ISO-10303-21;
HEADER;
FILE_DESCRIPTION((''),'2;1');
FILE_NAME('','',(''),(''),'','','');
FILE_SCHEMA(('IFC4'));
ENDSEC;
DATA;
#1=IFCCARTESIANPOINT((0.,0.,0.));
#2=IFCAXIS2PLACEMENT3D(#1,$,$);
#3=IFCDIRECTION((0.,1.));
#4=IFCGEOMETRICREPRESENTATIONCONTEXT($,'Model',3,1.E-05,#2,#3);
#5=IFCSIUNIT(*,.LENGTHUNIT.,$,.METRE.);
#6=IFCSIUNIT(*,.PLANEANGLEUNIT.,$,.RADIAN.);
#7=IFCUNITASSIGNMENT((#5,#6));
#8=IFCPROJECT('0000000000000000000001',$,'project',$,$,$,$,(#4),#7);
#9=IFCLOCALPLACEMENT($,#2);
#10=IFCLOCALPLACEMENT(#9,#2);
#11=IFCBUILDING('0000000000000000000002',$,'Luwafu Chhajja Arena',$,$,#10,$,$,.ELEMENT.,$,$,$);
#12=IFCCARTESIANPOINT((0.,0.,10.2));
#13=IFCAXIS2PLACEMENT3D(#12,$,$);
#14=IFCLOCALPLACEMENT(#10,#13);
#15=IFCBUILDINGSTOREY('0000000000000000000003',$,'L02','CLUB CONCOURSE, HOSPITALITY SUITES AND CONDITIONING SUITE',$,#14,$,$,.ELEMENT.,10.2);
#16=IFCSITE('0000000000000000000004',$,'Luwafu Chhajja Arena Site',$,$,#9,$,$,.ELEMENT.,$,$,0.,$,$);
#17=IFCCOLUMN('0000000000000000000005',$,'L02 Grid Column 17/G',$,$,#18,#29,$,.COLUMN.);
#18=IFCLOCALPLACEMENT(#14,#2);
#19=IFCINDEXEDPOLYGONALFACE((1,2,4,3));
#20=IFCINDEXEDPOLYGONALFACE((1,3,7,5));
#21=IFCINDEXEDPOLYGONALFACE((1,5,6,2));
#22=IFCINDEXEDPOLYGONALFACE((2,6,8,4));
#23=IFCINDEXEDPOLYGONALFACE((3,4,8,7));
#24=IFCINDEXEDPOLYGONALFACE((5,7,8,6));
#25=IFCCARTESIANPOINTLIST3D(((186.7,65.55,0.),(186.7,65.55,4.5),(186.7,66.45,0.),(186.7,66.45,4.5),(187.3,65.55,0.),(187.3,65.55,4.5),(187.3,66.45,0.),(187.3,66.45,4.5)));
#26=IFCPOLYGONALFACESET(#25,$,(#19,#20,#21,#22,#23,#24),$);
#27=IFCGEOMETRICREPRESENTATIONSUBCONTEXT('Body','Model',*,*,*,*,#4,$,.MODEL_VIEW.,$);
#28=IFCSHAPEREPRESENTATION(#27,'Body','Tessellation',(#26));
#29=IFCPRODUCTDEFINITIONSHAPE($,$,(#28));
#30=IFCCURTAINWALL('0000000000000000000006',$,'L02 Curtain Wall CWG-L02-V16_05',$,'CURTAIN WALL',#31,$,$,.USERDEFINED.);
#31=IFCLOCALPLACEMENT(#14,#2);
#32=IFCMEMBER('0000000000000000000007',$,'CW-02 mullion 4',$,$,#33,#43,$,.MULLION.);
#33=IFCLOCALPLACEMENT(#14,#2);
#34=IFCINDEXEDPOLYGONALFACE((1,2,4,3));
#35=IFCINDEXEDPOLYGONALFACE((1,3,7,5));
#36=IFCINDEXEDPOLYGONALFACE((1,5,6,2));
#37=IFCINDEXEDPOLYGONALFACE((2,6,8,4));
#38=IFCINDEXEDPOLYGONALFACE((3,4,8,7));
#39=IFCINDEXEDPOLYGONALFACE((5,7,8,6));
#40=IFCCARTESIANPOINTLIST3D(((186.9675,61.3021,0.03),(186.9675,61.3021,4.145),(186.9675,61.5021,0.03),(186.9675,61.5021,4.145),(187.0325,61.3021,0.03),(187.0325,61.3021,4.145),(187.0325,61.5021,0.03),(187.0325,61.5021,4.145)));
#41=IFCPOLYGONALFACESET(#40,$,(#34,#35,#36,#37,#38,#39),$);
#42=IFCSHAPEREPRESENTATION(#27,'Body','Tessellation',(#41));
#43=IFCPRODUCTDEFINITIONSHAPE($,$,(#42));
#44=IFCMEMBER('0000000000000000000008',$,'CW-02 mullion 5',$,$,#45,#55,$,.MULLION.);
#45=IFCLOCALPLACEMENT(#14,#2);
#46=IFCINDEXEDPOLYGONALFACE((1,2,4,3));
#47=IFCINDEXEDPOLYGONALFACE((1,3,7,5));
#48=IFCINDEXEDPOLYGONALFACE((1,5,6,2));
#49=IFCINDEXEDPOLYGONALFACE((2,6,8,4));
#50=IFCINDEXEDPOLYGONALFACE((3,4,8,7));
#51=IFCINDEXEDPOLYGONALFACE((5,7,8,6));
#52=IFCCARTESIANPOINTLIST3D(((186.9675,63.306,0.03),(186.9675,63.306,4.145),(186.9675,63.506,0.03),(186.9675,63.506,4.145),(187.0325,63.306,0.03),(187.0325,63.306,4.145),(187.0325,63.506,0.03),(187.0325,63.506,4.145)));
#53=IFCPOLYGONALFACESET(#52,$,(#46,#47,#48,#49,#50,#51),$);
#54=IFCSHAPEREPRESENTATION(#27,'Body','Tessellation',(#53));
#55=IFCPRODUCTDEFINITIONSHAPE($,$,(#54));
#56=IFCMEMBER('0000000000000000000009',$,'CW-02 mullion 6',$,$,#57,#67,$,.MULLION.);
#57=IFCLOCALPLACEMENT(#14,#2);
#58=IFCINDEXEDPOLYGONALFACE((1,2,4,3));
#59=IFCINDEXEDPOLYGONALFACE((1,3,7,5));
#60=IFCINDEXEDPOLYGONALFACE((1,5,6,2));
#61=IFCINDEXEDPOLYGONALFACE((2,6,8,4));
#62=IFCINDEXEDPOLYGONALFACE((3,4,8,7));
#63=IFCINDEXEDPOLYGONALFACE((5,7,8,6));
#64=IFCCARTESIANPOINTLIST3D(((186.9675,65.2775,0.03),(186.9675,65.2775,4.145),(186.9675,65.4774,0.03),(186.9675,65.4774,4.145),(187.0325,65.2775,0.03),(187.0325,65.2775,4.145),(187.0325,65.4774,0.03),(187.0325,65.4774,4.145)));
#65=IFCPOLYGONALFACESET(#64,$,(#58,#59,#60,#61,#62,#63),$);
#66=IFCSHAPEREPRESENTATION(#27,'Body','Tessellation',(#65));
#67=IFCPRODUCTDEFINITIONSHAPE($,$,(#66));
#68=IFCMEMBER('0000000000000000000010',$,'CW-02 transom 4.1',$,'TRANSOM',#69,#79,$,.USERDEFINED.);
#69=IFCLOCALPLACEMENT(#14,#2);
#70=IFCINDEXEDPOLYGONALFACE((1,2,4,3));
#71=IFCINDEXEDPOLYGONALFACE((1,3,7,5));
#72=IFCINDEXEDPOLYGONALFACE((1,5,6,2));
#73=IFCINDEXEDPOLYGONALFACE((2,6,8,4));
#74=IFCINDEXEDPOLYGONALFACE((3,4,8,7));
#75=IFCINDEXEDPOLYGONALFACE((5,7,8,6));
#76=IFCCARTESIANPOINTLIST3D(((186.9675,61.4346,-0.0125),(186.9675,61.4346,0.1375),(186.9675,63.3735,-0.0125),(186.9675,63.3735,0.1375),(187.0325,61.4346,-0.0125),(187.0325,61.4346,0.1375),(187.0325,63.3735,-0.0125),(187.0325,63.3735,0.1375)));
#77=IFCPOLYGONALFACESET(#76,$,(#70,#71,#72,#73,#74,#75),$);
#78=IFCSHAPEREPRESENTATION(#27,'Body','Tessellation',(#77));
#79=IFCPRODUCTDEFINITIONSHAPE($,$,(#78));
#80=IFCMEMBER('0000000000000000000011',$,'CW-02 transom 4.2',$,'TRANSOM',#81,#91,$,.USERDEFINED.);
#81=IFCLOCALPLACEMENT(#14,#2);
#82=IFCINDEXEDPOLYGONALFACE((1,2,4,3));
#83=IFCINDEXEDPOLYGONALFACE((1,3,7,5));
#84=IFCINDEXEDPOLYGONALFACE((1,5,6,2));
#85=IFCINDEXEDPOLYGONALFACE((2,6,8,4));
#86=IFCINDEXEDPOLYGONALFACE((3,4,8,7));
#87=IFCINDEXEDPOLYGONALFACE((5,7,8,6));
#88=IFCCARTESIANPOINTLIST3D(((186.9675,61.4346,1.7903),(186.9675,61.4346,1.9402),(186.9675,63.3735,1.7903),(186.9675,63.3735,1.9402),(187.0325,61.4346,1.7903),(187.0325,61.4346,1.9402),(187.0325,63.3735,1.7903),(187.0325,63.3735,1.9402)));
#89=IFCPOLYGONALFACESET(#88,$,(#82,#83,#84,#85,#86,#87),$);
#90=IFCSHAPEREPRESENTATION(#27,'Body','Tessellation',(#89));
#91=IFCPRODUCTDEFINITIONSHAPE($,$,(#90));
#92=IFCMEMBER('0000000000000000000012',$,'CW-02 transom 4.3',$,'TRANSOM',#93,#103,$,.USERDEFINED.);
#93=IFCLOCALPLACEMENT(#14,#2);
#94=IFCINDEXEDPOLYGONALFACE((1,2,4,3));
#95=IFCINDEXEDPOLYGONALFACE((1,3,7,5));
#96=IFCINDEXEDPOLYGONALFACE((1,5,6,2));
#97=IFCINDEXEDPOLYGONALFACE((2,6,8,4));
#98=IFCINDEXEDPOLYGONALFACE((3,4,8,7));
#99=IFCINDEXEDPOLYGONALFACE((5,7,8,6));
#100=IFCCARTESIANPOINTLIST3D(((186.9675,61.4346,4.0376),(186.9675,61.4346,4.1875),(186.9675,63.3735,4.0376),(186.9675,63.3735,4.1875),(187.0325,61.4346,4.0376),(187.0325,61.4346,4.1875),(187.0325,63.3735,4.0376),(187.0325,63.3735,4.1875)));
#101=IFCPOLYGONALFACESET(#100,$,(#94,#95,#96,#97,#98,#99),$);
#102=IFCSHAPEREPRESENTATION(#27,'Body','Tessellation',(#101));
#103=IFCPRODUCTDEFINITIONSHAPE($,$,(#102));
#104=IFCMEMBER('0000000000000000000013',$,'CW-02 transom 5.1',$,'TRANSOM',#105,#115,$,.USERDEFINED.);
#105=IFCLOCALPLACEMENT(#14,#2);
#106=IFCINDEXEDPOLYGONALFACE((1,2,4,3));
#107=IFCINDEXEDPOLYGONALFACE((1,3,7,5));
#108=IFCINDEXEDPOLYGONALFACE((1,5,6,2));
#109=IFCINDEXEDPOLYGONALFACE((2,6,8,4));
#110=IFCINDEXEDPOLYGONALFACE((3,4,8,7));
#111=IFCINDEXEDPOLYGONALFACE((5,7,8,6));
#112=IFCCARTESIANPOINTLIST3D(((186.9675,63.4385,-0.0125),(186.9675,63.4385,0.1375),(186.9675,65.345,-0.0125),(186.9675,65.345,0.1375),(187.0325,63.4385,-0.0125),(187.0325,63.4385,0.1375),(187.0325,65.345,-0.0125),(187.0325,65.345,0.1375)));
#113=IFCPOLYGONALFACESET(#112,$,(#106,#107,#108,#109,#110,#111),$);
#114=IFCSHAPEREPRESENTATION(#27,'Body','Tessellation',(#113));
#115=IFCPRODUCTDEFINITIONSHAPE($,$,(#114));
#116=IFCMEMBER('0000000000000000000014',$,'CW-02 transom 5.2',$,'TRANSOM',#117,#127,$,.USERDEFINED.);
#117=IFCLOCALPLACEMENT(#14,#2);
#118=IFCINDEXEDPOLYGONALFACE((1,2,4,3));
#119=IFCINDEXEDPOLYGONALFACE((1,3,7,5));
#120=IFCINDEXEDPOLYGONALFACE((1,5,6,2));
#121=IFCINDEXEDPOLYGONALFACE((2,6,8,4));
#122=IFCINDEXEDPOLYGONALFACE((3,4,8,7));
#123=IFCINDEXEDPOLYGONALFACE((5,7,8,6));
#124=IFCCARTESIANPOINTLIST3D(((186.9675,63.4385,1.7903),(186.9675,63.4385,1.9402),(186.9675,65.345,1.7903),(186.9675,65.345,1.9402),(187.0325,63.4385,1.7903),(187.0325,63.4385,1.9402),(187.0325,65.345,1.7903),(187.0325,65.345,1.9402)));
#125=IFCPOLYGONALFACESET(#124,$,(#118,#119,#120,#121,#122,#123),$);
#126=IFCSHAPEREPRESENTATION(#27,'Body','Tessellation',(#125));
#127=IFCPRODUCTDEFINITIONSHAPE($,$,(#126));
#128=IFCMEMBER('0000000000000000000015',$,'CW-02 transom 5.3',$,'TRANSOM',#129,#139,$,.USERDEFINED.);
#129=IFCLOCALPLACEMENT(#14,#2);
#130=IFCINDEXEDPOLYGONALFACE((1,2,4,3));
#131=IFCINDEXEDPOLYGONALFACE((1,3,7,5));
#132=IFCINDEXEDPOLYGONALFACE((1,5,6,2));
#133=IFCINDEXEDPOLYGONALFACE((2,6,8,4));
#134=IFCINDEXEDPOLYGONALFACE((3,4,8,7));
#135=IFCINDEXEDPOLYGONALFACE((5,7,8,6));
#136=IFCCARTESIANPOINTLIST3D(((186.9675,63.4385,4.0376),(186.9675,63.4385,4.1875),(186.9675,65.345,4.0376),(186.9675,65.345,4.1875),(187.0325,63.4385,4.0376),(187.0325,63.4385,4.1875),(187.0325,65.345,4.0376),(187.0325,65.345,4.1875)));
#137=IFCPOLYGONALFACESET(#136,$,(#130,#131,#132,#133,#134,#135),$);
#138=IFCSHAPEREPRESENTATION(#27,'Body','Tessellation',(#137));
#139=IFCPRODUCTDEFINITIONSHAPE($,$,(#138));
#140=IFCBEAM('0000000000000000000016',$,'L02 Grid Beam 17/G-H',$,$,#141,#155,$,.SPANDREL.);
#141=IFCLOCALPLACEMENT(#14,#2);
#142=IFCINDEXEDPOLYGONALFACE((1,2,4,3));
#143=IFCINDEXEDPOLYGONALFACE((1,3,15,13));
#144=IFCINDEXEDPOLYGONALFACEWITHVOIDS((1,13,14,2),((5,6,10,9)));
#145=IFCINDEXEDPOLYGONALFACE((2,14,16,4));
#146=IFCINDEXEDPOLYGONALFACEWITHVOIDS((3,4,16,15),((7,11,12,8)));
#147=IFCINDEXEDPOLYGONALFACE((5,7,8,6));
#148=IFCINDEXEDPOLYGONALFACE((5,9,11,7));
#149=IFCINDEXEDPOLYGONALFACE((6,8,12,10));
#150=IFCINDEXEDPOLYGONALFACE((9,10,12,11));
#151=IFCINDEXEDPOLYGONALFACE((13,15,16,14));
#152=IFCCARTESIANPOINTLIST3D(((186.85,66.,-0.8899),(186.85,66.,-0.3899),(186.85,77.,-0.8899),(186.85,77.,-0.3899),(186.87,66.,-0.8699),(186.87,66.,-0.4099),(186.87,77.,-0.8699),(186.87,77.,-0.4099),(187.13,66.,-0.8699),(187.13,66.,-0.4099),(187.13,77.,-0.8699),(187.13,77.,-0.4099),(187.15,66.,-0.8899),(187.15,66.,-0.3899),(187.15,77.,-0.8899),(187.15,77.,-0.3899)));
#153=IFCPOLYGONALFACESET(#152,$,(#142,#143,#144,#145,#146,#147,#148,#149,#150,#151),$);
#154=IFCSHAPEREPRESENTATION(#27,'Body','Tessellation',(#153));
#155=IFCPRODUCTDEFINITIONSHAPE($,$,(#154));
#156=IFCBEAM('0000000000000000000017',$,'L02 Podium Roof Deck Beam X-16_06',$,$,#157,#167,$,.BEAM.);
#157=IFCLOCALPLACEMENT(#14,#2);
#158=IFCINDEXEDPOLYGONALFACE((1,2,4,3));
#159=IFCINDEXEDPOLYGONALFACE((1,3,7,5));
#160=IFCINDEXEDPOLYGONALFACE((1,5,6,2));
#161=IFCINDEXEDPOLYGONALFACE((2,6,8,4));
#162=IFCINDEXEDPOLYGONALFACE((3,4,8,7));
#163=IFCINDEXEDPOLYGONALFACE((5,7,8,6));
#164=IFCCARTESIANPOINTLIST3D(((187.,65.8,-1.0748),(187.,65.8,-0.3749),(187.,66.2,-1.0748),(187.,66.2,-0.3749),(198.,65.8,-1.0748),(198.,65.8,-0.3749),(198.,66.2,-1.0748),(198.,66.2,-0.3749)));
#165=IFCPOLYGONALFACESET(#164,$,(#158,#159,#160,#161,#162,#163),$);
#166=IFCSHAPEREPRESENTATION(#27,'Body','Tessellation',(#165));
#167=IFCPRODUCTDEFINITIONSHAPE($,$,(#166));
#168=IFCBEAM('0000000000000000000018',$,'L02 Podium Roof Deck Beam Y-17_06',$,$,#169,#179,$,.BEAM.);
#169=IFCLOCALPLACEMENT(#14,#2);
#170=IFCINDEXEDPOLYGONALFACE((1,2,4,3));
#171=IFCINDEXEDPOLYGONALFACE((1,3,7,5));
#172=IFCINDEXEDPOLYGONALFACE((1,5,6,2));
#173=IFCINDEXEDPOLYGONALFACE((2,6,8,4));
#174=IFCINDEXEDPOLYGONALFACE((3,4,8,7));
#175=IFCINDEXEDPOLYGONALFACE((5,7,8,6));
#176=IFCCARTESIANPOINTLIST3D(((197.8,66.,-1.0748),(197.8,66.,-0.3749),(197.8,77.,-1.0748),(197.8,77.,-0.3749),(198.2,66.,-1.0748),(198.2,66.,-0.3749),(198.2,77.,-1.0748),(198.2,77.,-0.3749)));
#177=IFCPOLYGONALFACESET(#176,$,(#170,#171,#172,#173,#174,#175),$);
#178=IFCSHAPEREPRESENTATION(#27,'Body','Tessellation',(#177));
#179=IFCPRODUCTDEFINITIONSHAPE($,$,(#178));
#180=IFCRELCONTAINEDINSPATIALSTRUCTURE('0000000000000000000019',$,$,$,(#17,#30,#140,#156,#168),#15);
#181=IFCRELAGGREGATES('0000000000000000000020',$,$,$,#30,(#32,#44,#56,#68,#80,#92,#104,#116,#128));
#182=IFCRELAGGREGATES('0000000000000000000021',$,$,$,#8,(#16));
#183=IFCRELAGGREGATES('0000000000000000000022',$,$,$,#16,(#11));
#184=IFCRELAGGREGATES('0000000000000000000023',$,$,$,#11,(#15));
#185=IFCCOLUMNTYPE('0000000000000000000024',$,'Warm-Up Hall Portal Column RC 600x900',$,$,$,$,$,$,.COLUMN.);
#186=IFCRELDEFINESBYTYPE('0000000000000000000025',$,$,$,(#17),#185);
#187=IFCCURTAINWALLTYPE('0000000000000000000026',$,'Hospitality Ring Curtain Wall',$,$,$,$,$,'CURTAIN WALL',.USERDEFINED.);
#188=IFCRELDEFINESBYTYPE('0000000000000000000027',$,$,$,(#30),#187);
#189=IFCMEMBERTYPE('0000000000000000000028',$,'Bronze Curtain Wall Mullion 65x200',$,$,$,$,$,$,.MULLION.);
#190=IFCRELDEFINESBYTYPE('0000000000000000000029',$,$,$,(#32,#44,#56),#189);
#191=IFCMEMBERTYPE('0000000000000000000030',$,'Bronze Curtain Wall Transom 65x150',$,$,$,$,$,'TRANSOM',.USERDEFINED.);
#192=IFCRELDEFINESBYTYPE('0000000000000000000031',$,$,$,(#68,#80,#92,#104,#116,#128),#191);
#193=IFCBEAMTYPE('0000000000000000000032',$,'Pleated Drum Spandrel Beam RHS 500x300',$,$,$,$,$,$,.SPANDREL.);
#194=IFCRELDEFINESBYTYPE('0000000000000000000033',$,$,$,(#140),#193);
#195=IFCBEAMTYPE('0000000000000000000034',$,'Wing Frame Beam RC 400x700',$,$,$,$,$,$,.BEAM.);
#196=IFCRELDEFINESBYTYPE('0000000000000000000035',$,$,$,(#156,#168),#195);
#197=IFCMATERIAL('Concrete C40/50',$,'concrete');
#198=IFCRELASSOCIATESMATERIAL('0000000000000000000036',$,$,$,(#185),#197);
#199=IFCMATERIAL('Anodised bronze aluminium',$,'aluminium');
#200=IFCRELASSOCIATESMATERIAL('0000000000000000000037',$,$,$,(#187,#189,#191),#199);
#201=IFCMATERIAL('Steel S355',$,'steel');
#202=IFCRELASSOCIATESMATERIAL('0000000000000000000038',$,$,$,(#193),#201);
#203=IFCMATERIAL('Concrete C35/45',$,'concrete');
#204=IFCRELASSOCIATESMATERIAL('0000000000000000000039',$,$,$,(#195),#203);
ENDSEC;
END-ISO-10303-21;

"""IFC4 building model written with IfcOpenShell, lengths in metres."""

from ifc_helpers import new_model, si_unit, direction, frame, origin, origin_2d, place, context, subcontext, project, spatial, rectangle, hollow_rectangle, extrude, material, material_profile, profile_set, type_object, element, aggregate, save


model = new_model("IFC4")

# Units and contexts
model_context = context("Model", 3, precision=1e-05, world=origin(), true_north=direction((0.0, 1.0)))
body_context = subcontext(model_context, "Body", "Model", "MODEL_VIEW")
ifc_project = project(units=[si_unit("LENGTHUNIT", "METRE"), si_unit("PLANEANGLEUNIT", "RADIAN")], contexts=[model_context])

# Site, building, storey
site_placement = place(None, origin())
site = spatial("IfcSite", under=ifc_project, at=site_placement, Name="Luwafu Chhajja Arena Site", CompositionType="ELEMENT", RefElevation=0.0)
building_placement = place(site_placement, origin())
building = spatial("IfcBuilding", under=site, at=building_placement, Name="Luwafu Chhajja Arena", CompositionType="ELEMENT")
storey_placement = place(building_placement, frame((0.0, 0.0, 10.2)))
storey = spatial("IfcBuildingStorey", under=building, at=storey_placement, Name="L02", Description="CLUB CONCOURSE, HOSPITALITY SUITES AND CONDITIONING SUITE", CompositionType="ELEMENT", Elevation=10.2)

# Column
ifc_material_1 = material(Name="Concrete C40/50", Category="concrete")
ifc_material_profile_1 = material_profile(ifc_material_1, rectangle(XDim=0.6001, YDim=0.8999, at=origin_2d()), Name="RC 600x900")
ifc_profile_set_1 = profile_set([ifc_material_profile_1], Name="Concrete C40/50")
column_type = type_object("IfcColumnType", Name="Warm-Up Hall Portal Column RC 600x900", PredefinedType="COLUMN", material=ifc_profile_set_1)
column_placement = place(storey_placement, frame((187.0, 66.0, 0.0), z_axis=(0.0, 0.0, 1.0), x_axis=(1.0, 0.0, 0.0)))
element("IfcColumn", 1, at=column_placement, inside=storey, type_object=column_type, Name="L02 Grid Column 17/G", PredefinedType="COLUMN", context=body_context, shape_type="SweptSolid", body=[
    extrude(rectangle(XDim=0.6001, YDim=0.8999, at=origin_2d()), origin(), (0.0, 0.0, 1.0), 4.5),
])

# Curtain wall, members
ifc_material_2 = material(Name="Anodised bronze aluminium", Category="aluminium")
curtain_wall_type = type_object("IfcCurtainWallType", Name="Hospitality Ring Curtain Wall", ElementType="CURTAIN WALL", PredefinedType="USERDEFINED", material=ifc_material_2)
curtain_wall_placement = place(storey_placement, origin())
curtain_wall = element("IfcCurtainWall", 2, at=curtain_wall_placement, inside=storey, type_object=curtain_wall_type, Name="L02 Curtain Wall CWG-L02-V16_05", ObjectType="CURTAIN WALL", PredefinedType="USERDEFINED")
ifc_material_profile_2 = material_profile(ifc_material_2, rectangle(XDim=0.0649, YDim=0.2, at=origin_2d()), Name="CWM 65x200")
ifc_profile_set_2 = profile_set([ifc_material_profile_2], Name="Anodised bronze aluminium")
member_type_1 = type_object("IfcMemberType", Name="Bronze Curtain Wall Mullion 65x200", PredefinedType="MULLION", material=ifc_profile_set_2)
member_1_placement = place(storey_placement, frame((187.0, 61.4021, 0.03), z_axis=(0.0, 0.0, 1.0), x_axis=(-1.0, 0.0, 0.0)))
member_1 = element("IfcMember", 3, at=member_1_placement, type_object=member_type_1, Name="CW-02 mullion 4", PredefinedType="MULLION", context=body_context, shape_type="SweptSolid", body=[
    extrude(rectangle(XDim=0.0649, YDim=0.2, at=origin_2d()), origin(), (0.0, 0.0, 1.0), 4.115),
])
member_2_placement = place(storey_placement, frame((187.0, 63.406, 0.03), z_axis=(0.0, 0.0, 1.0), x_axis=(-1.0, 0.0, 0.0)))
member_2 = element("IfcMember", 4, at=member_2_placement, type_object=member_type_1, Name="CW-02 mullion 5", PredefinedType="MULLION", context=body_context, shape_type="SweptSolid", body=[
    extrude(rectangle(XDim=0.0649, YDim=0.2, at=origin_2d()), origin(), (0.0, 0.0, 1.0), 4.115),
])
member_3_placement = place(storey_placement, frame((187.0, 65.3774, 0.03), z_axis=(0.0, 0.0, 1.0), x_axis=(-1.0, 0.0, 0.0)))
member_3 = element("IfcMember", 5, at=member_3_placement, type_object=member_type_1, Name="CW-02 mullion 6", PredefinedType="MULLION", context=body_context, shape_type="SweptSolid", body=[
    extrude(rectangle(XDim=0.0649, YDim=0.2, at=origin_2d()), origin(), (0.0, 0.0, 1.0), 4.115),
])
ifc_material_profile_3 = material_profile(ifc_material_2, rectangle(XDim=0.0649, YDim=0.1499, at=origin_2d()), Name="CWT 65x150")
ifc_profile_set_3 = profile_set([ifc_material_profile_3], Name="Anodised bronze aluminium")
member_type_2 = type_object("IfcMemberType", Name="Bronze Curtain Wall Transom 65x150", ElementType="TRANSOM", PredefinedType="USERDEFINED", material=ifc_profile_set_3)
member_4_placement = place(storey_placement, frame((187.0, 61.4346, 0.0625), z_axis=(0.0, 1.0, 0.0), x_axis=(-1.0, 0.0, 0.0)))
member_4 = element("IfcMember", 6, at=member_4_placement, type_object=member_type_2, Name="CW-02 transom 4.1", ObjectType="TRANSOM", PredefinedType="USERDEFINED", context=body_context, shape_type="SweptSolid", body=[
    extrude(rectangle(XDim=0.0649, YDim=0.1499, at=origin_2d()), origin(), (0.0, 0.0, 1.0), 1.939),
])
member_5_placement = place(storey_placement, frame((187.0, 61.4346, 1.8652), z_axis=(0.0, 1.0, 0.0), x_axis=(-1.0, 0.0, 0.0)))
member_5 = element("IfcMember", 7, at=member_5_placement, type_object=member_type_2, Name="CW-02 transom 4.2", ObjectType="TRANSOM", PredefinedType="USERDEFINED", context=body_context, shape_type="SweptSolid", body=[
    extrude(rectangle(XDim=0.0649, YDim=0.1499, at=origin_2d()), origin(), (0.0, 0.0, 1.0), 1.939),
])
member_6_placement = place(storey_placement, frame((187.0, 61.4346, 4.1125), z_axis=(0.0, 1.0, 0.0), x_axis=(-1.0, 0.0, 0.0)))
member_6 = element("IfcMember", 8, at=member_6_placement, type_object=member_type_2, Name="CW-02 transom 4.3", ObjectType="TRANSOM", PredefinedType="USERDEFINED", context=body_context, shape_type="SweptSolid", body=[
    extrude(rectangle(XDim=0.0649, YDim=0.1499, at=origin_2d()), origin(), (0.0, 0.0, 1.0), 1.939),
])
member_7_placement = place(storey_placement, frame((187.0, 63.4385, 0.0625), z_axis=(0.0, 1.0, 0.0), x_axis=(-1.0, 0.0, 0.0)))
member_7 = element("IfcMember", 9, at=member_7_placement, type_object=member_type_2, Name="CW-02 transom 5.1", ObjectType="TRANSOM", PredefinedType="USERDEFINED", context=body_context, shape_type="SweptSolid", body=[
    extrude(rectangle(XDim=0.0649, YDim=0.1499, at=origin_2d()), origin(), (0.0, 0.0, 1.0), 1.9065),
])
member_8_placement = place(storey_placement, frame((187.0, 63.4385, 1.8652), z_axis=(0.0, 1.0, 0.0), x_axis=(-1.0, 0.0, 0.0)))
member_8 = element("IfcMember", 10, at=member_8_placement, type_object=member_type_2, Name="CW-02 transom 5.2", ObjectType="TRANSOM", PredefinedType="USERDEFINED", context=body_context, shape_type="SweptSolid", body=[
    extrude(rectangle(XDim=0.0649, YDim=0.1499, at=origin_2d()), origin(), (0.0, 0.0, 1.0), 1.9065),
])
member_9_placement = place(storey_placement, frame((187.0, 63.4385, 4.1125), z_axis=(0.0, 1.0, 0.0), x_axis=(-1.0, 0.0, 0.0)))
member_9 = element("IfcMember", 11, at=member_9_placement, type_object=member_type_2, Name="CW-02 transom 5.3", ObjectType="TRANSOM", PredefinedType="USERDEFINED", context=body_context, shape_type="SweptSolid", body=[
    extrude(rectangle(XDim=0.0649, YDim=0.1499, at=origin_2d()), origin(), (0.0, 0.0, 1.0), 1.9065),
])

# Beams
ifc_material_3 = material(Name="Steel S355", Category="steel")
ifc_material_profile_4 = material_profile(ifc_material_3, hollow_rectangle(XDim=0.3, YDim=0.5, WallThickness=0.02, at=origin_2d()), Name="RHS 500x300x20")
ifc_profile_set_4 = profile_set([ifc_material_profile_4], Name="Steel S355")
beam_type_1 = type_object("IfcBeamType", Name="Pleated Drum Spandrel Beam RHS 500x300", PredefinedType="SPANDREL", material=ifc_profile_set_4)
beam_1_placement = place(storey_placement, frame((187.0, 66.0, -0.6399), z_axis=(0.0, 1.0, 0.0), x_axis=(-1.0, 0.0, 0.0)))
element("IfcBeam", 12, at=beam_1_placement, inside=storey, type_object=beam_type_1, Name="L02 Grid Beam 17/G-H", PredefinedType="SPANDREL", context=body_context, shape_type="SweptSolid", body=[
    extrude(hollow_rectangle(XDim=0.3, YDim=0.5, WallThickness=0.02, at=origin_2d()), origin(), (0.0, 0.0, 1.0), 11.0),
])
ifc_material_4 = material(Name="Concrete C35/45", Category="concrete")
ifc_material_profile_5 = material_profile(ifc_material_4, rectangle(XDim=0.3999, YDim=0.7, at=origin_2d()), Name="RC 400x700")
ifc_profile_set_5 = profile_set([ifc_material_profile_5], Name="Concrete C35/45")
beam_type_2 = type_object("IfcBeamType", Name="Wing Frame Beam RC 400x700", PredefinedType="BEAM", material=ifc_profile_set_5)
for number, where, z_axis, x_axis, name in (
    (13, (187.0, 66.0, -0.7249), (1.0, 0.0, 0.0), (0.0, 1.0, 0.0), "L02 Podium Roof Deck Beam X-16_06"),
    (14, (198.0, 66.0, -0.7249), (0.0, 1.0, 0.0), (-1.0, 0.0, 0.0), "L02 Podium Roof Deck Beam Y-17_06"),
):
    element("IfcBeam", number, at=place(storey_placement, frame(where, z_axis=z_axis, x_axis=x_axis)), inside=storey, type_object=beam_type_2, Name=name, PredefinedType="BEAM", context=body_context, shape_type="SweptSolid", body=[
        extrude(rectangle(XDim=0.3999, YDim=0.7, at=origin_2d()), origin(), (0.0, 0.0, 1.0), 11.0),
    ])

aggregate(curtain_wall, [member_1, member_2, member_3, member_4, member_5, member_6, member_7, member_8, member_9])

save(model, "model.ifc")
